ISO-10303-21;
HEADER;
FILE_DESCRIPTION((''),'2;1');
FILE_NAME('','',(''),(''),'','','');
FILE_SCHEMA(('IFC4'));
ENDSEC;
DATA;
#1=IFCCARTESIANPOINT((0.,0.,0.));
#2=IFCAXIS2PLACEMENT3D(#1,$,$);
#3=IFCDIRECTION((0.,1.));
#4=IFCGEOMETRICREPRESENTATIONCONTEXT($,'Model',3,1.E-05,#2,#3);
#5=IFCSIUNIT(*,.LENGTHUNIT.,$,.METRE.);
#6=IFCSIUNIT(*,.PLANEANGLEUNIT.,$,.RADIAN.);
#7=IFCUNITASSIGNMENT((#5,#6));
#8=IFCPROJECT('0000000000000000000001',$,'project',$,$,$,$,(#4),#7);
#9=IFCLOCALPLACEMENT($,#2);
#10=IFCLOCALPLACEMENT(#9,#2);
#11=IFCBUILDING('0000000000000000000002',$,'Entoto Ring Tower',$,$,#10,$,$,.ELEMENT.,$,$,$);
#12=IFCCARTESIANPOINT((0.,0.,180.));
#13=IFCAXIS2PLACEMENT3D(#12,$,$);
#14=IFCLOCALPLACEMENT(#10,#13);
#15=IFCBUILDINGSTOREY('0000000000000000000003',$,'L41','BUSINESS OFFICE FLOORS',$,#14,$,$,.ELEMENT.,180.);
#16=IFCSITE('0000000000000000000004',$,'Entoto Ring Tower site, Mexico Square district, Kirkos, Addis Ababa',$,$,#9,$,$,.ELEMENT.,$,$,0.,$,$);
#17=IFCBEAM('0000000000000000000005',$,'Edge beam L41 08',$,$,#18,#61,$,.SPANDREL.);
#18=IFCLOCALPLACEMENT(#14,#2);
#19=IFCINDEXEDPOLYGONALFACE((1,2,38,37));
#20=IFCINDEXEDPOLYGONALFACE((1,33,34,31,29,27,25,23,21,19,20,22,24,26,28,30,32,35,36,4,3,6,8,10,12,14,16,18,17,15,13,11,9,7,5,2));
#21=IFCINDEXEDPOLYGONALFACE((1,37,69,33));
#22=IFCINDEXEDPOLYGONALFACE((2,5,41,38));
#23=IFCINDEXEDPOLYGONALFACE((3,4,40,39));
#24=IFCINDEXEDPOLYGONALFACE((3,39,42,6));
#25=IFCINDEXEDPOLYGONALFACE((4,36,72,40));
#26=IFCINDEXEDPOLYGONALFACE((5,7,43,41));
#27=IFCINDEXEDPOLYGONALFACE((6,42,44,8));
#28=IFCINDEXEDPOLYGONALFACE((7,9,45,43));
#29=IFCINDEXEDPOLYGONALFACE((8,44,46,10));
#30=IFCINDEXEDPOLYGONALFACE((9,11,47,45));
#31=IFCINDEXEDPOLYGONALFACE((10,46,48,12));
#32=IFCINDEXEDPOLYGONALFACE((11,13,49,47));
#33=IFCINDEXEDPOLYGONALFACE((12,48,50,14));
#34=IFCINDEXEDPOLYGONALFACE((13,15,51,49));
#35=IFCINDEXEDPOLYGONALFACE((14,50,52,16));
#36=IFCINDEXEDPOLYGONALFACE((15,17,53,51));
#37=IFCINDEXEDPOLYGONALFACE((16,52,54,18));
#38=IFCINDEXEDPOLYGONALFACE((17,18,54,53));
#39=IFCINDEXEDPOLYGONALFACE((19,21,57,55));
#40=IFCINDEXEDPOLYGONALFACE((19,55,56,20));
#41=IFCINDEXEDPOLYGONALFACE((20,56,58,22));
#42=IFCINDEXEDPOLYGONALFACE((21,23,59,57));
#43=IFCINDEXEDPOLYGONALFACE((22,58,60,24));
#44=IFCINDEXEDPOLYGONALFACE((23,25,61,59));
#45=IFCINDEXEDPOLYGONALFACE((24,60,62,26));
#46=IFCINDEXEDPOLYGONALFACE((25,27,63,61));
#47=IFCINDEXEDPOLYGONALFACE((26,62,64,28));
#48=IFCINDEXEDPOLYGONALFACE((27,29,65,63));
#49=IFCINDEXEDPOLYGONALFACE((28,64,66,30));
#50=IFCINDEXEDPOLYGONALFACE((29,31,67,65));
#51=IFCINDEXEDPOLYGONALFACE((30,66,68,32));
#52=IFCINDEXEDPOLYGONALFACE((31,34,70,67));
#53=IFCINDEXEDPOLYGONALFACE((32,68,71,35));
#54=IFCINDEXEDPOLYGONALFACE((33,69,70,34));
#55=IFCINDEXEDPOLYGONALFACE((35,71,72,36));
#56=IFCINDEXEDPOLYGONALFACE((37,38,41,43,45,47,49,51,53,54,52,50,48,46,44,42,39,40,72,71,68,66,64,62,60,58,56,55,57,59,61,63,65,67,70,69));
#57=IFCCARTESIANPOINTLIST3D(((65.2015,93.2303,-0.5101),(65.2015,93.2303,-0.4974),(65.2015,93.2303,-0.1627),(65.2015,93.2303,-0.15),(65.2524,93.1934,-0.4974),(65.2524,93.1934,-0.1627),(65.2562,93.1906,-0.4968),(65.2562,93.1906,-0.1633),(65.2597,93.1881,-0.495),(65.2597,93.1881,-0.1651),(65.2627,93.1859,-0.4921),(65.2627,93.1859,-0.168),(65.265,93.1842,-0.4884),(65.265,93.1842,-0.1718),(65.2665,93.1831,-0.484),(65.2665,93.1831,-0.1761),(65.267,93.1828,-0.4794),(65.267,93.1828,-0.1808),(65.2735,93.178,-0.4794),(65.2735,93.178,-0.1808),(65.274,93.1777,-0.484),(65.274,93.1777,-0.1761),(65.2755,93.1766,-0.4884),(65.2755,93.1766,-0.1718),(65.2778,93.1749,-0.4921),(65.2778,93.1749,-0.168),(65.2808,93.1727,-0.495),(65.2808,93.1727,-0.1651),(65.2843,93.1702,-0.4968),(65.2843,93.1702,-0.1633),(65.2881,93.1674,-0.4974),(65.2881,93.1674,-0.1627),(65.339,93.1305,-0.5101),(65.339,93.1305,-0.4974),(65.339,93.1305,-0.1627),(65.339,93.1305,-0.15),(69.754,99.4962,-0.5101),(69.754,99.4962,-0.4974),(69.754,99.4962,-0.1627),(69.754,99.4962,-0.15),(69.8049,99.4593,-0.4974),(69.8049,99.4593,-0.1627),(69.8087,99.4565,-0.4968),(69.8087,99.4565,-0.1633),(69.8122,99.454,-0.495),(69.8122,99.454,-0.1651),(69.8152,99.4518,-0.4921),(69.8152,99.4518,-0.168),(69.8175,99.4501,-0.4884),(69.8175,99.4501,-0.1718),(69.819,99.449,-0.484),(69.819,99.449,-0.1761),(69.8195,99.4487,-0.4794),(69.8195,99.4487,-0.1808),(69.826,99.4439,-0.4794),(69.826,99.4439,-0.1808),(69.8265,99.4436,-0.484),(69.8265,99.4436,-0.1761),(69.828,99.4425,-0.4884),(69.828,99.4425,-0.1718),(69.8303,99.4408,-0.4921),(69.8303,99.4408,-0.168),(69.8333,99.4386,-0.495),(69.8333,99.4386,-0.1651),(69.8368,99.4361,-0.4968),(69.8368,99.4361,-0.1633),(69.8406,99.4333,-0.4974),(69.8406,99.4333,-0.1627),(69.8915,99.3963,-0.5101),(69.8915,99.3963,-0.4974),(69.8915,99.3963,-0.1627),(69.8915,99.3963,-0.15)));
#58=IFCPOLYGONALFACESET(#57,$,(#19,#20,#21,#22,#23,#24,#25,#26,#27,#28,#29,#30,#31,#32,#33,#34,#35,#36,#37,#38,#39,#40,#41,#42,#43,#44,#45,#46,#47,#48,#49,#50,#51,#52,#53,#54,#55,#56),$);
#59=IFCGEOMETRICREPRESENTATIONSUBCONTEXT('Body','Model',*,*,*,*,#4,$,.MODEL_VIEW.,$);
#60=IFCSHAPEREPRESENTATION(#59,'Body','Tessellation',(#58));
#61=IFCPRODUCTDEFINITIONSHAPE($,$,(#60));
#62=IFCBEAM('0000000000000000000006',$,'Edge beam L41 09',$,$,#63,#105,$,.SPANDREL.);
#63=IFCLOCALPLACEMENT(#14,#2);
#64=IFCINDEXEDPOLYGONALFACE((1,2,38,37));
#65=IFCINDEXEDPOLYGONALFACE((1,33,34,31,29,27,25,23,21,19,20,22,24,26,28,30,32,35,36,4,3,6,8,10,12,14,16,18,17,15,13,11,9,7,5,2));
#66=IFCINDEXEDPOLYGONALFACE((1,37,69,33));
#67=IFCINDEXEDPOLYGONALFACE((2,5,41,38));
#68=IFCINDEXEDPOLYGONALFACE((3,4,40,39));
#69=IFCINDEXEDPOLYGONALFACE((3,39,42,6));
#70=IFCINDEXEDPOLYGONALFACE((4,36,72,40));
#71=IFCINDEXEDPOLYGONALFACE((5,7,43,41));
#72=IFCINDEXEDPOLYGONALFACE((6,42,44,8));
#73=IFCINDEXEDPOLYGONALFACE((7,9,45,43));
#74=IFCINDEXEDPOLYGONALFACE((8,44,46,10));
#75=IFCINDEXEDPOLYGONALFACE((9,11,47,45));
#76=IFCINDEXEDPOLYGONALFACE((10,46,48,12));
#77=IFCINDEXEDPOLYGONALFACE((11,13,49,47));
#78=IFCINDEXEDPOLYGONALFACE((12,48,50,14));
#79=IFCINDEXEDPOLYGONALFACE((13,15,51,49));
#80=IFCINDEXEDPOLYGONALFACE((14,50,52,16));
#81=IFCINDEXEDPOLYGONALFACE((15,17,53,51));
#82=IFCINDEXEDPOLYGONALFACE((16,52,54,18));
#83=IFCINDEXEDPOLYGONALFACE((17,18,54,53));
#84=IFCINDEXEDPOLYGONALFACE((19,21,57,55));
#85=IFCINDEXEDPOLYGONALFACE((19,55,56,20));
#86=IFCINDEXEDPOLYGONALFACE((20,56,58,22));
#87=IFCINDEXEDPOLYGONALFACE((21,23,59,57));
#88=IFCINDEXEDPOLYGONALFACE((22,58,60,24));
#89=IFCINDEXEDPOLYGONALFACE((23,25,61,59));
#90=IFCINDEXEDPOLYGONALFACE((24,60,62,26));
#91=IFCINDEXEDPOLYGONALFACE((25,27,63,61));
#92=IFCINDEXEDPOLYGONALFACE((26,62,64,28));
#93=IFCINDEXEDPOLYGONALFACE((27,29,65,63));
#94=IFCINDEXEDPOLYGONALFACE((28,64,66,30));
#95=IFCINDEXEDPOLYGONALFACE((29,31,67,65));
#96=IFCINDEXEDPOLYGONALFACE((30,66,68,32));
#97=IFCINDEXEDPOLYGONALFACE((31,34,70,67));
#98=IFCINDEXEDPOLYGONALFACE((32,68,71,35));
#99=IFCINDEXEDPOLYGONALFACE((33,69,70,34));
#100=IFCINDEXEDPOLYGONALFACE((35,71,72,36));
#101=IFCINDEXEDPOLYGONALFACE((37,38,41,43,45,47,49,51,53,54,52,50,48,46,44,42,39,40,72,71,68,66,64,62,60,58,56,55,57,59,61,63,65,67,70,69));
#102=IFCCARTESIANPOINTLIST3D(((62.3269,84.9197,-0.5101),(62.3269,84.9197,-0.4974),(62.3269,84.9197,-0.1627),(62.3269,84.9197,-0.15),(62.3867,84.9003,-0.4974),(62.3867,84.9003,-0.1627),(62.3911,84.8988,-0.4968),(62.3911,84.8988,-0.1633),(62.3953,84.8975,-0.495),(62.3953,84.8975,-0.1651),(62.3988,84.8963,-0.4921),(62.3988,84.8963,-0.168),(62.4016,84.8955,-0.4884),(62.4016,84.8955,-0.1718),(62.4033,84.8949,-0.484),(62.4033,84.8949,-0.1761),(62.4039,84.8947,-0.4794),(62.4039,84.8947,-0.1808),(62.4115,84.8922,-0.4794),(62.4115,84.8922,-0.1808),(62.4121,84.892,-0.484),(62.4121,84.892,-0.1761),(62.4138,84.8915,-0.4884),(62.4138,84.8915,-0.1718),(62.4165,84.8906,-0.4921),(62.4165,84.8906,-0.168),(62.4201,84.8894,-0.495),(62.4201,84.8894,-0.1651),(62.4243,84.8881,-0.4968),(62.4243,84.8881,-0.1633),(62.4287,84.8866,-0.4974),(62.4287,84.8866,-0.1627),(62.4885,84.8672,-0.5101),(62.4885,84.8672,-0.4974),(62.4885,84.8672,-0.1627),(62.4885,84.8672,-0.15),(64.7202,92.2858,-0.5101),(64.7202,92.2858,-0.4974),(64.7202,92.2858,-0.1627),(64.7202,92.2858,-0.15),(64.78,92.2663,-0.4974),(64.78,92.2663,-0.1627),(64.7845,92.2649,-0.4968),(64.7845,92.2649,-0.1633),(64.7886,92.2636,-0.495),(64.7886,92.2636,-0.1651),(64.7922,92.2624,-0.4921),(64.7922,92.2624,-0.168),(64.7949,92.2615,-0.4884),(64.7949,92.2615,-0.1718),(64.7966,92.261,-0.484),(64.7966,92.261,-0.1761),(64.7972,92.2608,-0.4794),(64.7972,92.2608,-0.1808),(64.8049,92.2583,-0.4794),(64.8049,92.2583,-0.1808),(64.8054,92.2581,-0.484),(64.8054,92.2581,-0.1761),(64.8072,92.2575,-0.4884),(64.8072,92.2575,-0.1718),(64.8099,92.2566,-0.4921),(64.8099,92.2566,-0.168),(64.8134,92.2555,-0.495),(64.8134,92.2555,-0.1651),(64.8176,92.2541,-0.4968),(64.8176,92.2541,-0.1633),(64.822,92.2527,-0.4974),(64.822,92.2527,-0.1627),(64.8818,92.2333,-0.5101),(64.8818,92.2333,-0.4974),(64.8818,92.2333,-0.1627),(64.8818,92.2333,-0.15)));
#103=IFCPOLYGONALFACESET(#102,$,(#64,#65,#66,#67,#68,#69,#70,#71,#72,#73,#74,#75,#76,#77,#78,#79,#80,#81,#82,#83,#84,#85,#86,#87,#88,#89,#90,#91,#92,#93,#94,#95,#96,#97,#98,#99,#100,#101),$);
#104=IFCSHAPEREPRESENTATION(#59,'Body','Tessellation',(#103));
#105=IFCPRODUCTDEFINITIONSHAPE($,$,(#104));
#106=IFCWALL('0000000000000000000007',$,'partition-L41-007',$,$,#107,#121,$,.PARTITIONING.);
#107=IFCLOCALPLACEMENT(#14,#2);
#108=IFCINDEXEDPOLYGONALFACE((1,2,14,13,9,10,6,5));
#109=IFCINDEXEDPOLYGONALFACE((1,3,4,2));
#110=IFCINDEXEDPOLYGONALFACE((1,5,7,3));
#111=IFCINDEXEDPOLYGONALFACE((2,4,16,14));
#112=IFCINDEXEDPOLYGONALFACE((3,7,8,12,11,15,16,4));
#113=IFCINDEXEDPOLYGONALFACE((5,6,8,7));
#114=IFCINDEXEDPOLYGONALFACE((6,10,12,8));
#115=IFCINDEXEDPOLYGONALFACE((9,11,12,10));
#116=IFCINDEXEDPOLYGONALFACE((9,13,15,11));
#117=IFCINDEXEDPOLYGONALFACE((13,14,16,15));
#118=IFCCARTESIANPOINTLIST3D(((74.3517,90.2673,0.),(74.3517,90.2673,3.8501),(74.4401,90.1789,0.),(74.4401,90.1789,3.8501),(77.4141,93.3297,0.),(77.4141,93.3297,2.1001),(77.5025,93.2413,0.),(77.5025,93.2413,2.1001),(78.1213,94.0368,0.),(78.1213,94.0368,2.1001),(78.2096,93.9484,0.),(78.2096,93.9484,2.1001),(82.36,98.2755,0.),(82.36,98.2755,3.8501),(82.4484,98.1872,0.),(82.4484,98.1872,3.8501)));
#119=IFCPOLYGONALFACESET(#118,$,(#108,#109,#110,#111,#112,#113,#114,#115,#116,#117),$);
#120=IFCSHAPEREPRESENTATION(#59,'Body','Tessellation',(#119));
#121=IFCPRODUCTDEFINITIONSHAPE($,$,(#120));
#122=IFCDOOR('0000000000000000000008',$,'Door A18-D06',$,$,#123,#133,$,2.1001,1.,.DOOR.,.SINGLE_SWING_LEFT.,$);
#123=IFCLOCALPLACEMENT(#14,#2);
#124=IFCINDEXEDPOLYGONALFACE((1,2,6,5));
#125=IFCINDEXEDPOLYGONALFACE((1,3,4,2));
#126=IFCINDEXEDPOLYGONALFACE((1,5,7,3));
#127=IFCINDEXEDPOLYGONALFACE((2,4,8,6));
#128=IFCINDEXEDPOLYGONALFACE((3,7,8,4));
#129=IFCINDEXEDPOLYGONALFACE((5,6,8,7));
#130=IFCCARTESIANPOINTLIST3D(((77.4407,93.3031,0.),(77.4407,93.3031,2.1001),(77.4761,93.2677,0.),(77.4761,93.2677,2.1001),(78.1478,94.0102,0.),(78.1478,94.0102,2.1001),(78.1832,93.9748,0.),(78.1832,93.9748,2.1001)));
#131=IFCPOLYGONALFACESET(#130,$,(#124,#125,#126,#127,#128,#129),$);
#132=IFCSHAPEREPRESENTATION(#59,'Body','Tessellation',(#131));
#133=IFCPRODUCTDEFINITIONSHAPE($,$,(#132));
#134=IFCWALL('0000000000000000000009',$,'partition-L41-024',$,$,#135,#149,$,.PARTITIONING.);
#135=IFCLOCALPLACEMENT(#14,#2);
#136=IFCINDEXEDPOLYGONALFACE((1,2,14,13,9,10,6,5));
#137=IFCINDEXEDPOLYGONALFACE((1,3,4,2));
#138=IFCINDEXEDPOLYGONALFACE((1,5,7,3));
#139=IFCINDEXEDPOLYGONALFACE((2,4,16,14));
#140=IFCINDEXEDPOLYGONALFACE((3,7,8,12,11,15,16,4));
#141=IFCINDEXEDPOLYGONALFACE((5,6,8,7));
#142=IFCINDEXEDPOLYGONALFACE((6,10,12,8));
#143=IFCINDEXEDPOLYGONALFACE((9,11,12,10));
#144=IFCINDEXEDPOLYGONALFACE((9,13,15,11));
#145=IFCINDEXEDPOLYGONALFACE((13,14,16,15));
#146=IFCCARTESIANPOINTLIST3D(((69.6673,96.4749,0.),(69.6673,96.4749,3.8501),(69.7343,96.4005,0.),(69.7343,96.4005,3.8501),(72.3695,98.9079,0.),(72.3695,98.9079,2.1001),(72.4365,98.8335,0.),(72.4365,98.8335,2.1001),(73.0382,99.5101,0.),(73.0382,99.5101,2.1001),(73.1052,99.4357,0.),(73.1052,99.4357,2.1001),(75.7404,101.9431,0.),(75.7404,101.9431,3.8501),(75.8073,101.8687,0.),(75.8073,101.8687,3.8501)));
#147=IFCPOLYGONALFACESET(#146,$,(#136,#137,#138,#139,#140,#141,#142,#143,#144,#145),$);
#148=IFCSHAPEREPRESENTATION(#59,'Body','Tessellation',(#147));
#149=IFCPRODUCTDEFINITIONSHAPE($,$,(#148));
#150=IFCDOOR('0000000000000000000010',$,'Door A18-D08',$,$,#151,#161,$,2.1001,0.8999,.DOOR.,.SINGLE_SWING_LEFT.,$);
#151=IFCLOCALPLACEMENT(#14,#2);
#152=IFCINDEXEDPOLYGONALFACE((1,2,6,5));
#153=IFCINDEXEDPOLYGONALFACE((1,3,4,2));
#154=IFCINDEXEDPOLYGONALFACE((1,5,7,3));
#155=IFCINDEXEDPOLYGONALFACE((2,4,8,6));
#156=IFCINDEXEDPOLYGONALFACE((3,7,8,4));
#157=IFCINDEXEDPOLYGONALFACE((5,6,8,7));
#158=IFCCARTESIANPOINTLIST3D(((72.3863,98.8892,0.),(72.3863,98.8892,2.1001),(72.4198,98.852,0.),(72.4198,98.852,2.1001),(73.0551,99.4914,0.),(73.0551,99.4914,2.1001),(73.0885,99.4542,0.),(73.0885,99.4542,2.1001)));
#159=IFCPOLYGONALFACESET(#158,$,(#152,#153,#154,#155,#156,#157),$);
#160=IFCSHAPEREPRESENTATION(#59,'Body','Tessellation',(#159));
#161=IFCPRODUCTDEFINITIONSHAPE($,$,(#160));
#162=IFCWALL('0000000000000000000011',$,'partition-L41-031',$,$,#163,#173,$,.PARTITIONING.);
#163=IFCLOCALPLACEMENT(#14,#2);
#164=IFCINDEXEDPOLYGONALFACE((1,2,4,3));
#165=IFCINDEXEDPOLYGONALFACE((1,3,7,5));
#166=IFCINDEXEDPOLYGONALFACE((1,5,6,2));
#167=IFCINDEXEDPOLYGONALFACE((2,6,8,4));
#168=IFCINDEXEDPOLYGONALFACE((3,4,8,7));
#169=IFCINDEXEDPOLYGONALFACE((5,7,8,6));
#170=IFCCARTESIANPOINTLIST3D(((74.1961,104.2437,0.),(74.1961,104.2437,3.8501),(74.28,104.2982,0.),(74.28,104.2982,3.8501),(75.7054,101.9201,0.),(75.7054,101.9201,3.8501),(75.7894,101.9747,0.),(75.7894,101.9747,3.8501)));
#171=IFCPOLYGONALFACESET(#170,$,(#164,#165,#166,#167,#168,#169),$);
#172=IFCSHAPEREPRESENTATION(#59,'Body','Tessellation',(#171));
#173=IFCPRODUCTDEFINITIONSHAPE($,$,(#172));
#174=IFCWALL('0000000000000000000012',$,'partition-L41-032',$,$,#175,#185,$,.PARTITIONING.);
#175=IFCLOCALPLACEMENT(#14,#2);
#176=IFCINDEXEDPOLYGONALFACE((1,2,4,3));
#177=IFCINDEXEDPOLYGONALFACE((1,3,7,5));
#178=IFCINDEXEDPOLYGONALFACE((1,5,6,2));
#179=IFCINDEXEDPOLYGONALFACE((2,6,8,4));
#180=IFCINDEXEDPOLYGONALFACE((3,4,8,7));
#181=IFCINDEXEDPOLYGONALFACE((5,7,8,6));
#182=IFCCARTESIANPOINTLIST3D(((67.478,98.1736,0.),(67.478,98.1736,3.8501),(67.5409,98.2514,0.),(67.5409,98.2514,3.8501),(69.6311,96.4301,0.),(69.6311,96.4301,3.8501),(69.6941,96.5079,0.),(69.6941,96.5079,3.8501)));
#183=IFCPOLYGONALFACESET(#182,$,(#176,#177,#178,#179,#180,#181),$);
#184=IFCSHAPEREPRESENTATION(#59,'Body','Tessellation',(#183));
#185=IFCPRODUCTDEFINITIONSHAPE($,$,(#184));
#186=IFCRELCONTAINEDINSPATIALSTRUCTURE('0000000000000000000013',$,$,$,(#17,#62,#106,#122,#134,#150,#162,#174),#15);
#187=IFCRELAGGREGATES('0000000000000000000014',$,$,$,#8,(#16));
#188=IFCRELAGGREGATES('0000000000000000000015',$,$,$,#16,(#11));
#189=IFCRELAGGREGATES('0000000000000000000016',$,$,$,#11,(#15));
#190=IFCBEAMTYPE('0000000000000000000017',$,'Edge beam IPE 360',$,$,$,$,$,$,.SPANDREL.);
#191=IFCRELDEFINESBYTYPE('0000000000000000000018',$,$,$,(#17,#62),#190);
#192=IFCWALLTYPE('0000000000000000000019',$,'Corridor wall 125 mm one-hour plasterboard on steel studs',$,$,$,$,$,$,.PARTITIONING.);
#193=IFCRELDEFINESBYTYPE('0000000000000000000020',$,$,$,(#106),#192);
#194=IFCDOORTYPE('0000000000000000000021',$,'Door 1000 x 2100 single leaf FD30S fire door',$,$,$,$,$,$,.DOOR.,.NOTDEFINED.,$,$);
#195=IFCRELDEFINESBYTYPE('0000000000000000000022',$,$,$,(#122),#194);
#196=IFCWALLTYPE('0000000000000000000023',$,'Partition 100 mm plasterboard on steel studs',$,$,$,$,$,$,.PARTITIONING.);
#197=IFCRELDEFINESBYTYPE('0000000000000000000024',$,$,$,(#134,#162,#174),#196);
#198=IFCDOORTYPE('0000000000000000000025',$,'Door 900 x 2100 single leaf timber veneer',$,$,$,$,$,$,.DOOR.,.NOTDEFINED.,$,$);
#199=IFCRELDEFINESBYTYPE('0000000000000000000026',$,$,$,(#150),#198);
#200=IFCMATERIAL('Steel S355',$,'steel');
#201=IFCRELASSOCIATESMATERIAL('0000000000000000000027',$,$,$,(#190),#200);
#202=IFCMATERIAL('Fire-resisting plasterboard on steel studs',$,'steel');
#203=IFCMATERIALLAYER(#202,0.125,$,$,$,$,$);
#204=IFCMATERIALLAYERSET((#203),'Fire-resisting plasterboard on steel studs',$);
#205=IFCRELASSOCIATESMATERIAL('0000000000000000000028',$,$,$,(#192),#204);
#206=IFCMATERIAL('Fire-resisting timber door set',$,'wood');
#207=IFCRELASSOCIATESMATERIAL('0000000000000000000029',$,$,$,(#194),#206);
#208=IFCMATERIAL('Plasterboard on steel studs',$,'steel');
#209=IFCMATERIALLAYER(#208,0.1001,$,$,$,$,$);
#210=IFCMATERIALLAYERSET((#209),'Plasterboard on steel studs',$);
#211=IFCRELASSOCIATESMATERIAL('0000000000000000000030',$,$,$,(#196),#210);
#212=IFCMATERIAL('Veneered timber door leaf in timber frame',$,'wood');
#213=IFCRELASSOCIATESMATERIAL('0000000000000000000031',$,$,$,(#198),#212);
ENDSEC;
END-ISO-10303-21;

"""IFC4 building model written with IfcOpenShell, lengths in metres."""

from ifc_helpers import new_model, si_unit, direction, frame, frame_2d, origin, origin_2d, place, context, subcontext, project, spatial, rectangle, i_section, extrude, material, layer, layer_set, material_profile, profile_set, type_object, element, fill, save


model = new_model("IFC4")

# Units and contexts
model_context = context("Model", 3, precision=1e-05, world=origin(), true_north=direction((0.0, 1.0)))
body_context = subcontext(model_context, "Body", "Model", "MODEL_VIEW")
ifc_project = project(units=[si_unit("LENGTHUNIT", "METRE"), si_unit("PLANEANGLEUNIT", "RADIAN")], contexts=[model_context])

# Site, building, storey
site_placement = place(None, origin())
site = spatial("IfcSite", under=ifc_project, at=site_placement, Name="Entoto Ring Tower site, Mexico Square district, Kirkos, Addis Ababa", CompositionType="ELEMENT", RefElevation=0.0)
building_placement = place(site_placement, origin())
building = spatial("IfcBuilding", under=site, at=building_placement, Name="Entoto Ring Tower", CompositionType="ELEMENT")
storey_placement = place(building_placement, frame((0.0, 0.0, 180.0)))
storey = spatial("IfcBuildingStorey", under=building, at=storey_placement, Name="L41", Description="BUSINESS OFFICE FLOORS", CompositionType="ELEMENT", Elevation=180.0)

# Beams
ifc_material_1 = material(Name="Steel S355", Category="steel")
ifc_material_profile_1 = material_profile(ifc_material_1, i_section(OverallWidth=0.1699, OverallDepth=0.3601, WebThickness=0.0081, FlangeThickness=0.0127, FilletRadius=0.0181, at=origin_2d()), Name="IPE 360")
ifc_profile_set_1 = profile_set([ifc_material_profile_1], Name="Steel S355")
beam_type = type_object("IfcBeamType", Name="Edge beam IPE 360", PredefinedType="SPANDREL", material=ifc_profile_set_1)
for number, where, z_axis, x_axis, name in (
    (1, (69.8228, 99.4463, -0.3301), (-0.587791, -0.809013, 0.0), (0.809013, -0.587791, 0.0), "Edge beam L41 08"),
    (2, (64.801, 92.2595, -0.3301), (-0.309013, -0.951058, 0.0), (0.951058, -0.309013, 0.0), "Edge beam L41 09"),
):
    element("IfcBeam", number, at=place(storey_placement, frame(where, z_axis=z_axis, x_axis=x_axis)), inside=storey, type_object=beam_type, Name=name, PredefinedType="SPANDREL", context=body_context, shape_type="SweptSolid", body=[
        extrude(i_section(OverallWidth=0.1699, OverallDepth=0.3601, WebThickness=0.0081, FlangeThickness=0.0127, FilletRadius=0.0181, at=origin_2d()), origin(), (0.0, 0.0, 1.0), 7.7451),
    ])

# Walls, openings, doors
ifc_material_2 = material(Name="Fire-resisting plasterboard on steel studs", Category="steel")
ifc_layer_1 = layer(ifc_material_2, 0.125)
ifc_layer_set_1 = layer_set([ifc_layer_1], Name="Fire-resisting plasterboard on steel studs")
wall_type_1 = type_object("IfcWallType", Name="Corridor wall 125 mm one-hour plasterboard on steel studs", PredefinedType="PARTITIONING", material=ifc_layer_set_1)
wall_1_placement = place(storey_placement, frame((74.396, 90.2231, 0.0), z_axis=(0.0, 0.0, 1.0), x_axis=(0.707107, 0.707107, 0.0)))
wall_1 = element("IfcWall", 3, at=wall_1_placement, inside=storey, type_object=wall_type_1, Name="partition-L41-007", PredefinedType="PARTITIONING", context=body_context, shape_type="SweptSolid", body=[
    extrude(rectangle(XDim=11.3254, YDim=0.125, at=frame_2d((5.6626, 0.0))), origin(), (0.0, 0.0, 1.0), 3.8501),
])
opening_1_placement = place(wall_1_placement, frame((4.3308, 0.0, 0.0)))
opening_1 = element("IfcOpeningElement", 4, at=opening_1_placement, cuts=wall_1, PredefinedType="OPENING", context=body_context, shape_type="SweptSolid", body=[
    extrude(rectangle(XDim=1.0, YDim=2.1001, at=frame_2d((0.5, 1.05))), frame((0.0, 0.0725, 0.0), z_axis=(0.0, -1.0, 0.0), x_axis=(1.0, 0.0, 0.0)), (0.0, 0.0, 1.0), 0.145),
])
ifc_material_3 = material(Name="Fire-resisting timber door set", Category="wood")
door_type_1 = type_object("IfcDoorType", Name="Door 1000 x 2100 single leaf FD30S fire door", OperationType="NOTDEFINED", PredefinedType="DOOR", material=ifc_material_3)
door_1_placement = place(opening_1_placement, origin())
door_1 = element("IfcDoor", 5, at=door_1_placement, inside=storey, type_object=door_type_1, Name="Door A18-D06", OperationType="SINGLE_SWING_LEFT", OverallHeight=2.1001, OverallWidth=1.0, PredefinedType="DOOR", context=body_context, shape_type="SweptSolid", body=[
    extrude(rectangle(XDim=1.0, YDim=2.1001, at=frame_2d((0.5, 1.05))), frame((0.0, 0.0249, 0.0), z_axis=(0.0, -1.0, 0.0), x_axis=(1.0, 0.0, 0.0)), (0.0, 0.0, 1.0), 0.05),
])
fill(opening_1, door_1)
ifc_material_4 = material(Name="Plasterboard on steel studs", Category="steel")
ifc_layer_2 = layer(ifc_material_4, 0.1001)
ifc_layer_set_2 = layer_set([ifc_layer_2], Name="Plasterboard on steel studs")
wall_type_2 = type_object("IfcWallType", Name="Partition 100 mm plasterboard on steel studs", PredefinedType="PARTITIONING", material=ifc_layer_set_2)
wall_2_placement = place(storey_placement, frame((69.7009, 96.4377, 0.0), z_axis=(0.0, 0.0, 1.0), x_axis=(0.743138, 0.669138, 0.0)))
wall_2 = element("IfcWall", 6, at=wall_2_placement, inside=storey, type_object=wall_type_2, Name="partition-L41-024", PredefinedType="PARTITIONING", context=body_context, shape_type="SweptSolid", body=[
    extrude(rectangle(XDim=8.1721, YDim=0.1001, at=frame_2d((4.0859, 0.0))), origin(), (0.0, 0.0, 1.0), 3.8501),
])
opening_2_placement = place(wall_2_placement, frame((3.636, 0.0, 0.0)))
opening_2 = element("IfcOpeningElement", 7, at=opening_2_placement, cuts=wall_2, PredefinedType="OPENING", context=body_context, shape_type="SweptSolid", body=[
    extrude(rectangle(XDim=0.8999, YDim=2.1001, at=frame_2d((0.45, 1.05))), frame((0.0, 0.0601, 0.0), z_axis=(0.0, -1.0, 0.0), x_axis=(1.0, 0.0, 0.0)), (0.0, 0.0, 1.0), 0.1201),
])
ifc_material_5 = material(Name="Veneered timber door leaf in timber frame", Category="wood")
door_type_2 = type_object("IfcDoorType", Name="Door 900 x 2100 single leaf timber veneer", OperationType="NOTDEFINED", PredefinedType="DOOR", material=ifc_material_5)
door_2_placement = place(opening_2_placement, origin())
door_2 = element("IfcDoor", 8, at=door_2_placement, inside=storey, type_object=door_type_2, Name="Door A18-D08", OperationType="SINGLE_SWING_LEFT", OverallHeight=2.1001, OverallWidth=0.8999, PredefinedType="DOOR", context=body_context, shape_type="SweptSolid", body=[
    extrude(rectangle(XDim=0.8999, YDim=2.1001, at=frame_2d((0.45, 1.05))), frame((0.0, 0.0249, 0.0), z_axis=(0.0, -1.0, 0.0), x_axis=(1.0, 0.0, 0.0)), (0.0, 0.0, 1.0), 0.05),
])
fill(opening_2, door_2)

# Walls
wall_3_placement = place(storey_placement, frame((75.7473, 101.9475, 0.0), z_axis=(0.0, 0.0, 1.0), x_axis=(-0.544737, 0.838607, 0.0)))
element("IfcWall", 9, at=wall_3_placement, inside=storey, type_object=wall_type_2, Name="partition-L41-031", PredefinedType="PARTITIONING", context=body_context, shape_type="SweptSolid", body=[
    extrude(rectangle(XDim=2.7708, YDim=0.1001, at=frame_2d((1.3853, 0.0))), origin(), (0.0, 0.0, 1.0), 3.8501),
])
wall_4_placement = place(storey_placement, frame((69.6626, 96.469, 0.0), z_axis=(0.0, 0.0, 1.0), x_axis=(-0.777167, 0.629295, 0.0)))
element("IfcWall", 10, at=wall_4_placement, inside=storey, type_object=wall_type_2, Name="partition-L41-032", PredefinedType="PARTITIONING", context=body_context, shape_type="SweptSolid", body=[
    extrude(rectangle(XDim=2.7705, YDim=0.1001, at=frame_2d((1.3853, 0.0))), origin(), (0.0, 0.0, 1.0), 3.8501),
])

save(model, "model.ifc")
